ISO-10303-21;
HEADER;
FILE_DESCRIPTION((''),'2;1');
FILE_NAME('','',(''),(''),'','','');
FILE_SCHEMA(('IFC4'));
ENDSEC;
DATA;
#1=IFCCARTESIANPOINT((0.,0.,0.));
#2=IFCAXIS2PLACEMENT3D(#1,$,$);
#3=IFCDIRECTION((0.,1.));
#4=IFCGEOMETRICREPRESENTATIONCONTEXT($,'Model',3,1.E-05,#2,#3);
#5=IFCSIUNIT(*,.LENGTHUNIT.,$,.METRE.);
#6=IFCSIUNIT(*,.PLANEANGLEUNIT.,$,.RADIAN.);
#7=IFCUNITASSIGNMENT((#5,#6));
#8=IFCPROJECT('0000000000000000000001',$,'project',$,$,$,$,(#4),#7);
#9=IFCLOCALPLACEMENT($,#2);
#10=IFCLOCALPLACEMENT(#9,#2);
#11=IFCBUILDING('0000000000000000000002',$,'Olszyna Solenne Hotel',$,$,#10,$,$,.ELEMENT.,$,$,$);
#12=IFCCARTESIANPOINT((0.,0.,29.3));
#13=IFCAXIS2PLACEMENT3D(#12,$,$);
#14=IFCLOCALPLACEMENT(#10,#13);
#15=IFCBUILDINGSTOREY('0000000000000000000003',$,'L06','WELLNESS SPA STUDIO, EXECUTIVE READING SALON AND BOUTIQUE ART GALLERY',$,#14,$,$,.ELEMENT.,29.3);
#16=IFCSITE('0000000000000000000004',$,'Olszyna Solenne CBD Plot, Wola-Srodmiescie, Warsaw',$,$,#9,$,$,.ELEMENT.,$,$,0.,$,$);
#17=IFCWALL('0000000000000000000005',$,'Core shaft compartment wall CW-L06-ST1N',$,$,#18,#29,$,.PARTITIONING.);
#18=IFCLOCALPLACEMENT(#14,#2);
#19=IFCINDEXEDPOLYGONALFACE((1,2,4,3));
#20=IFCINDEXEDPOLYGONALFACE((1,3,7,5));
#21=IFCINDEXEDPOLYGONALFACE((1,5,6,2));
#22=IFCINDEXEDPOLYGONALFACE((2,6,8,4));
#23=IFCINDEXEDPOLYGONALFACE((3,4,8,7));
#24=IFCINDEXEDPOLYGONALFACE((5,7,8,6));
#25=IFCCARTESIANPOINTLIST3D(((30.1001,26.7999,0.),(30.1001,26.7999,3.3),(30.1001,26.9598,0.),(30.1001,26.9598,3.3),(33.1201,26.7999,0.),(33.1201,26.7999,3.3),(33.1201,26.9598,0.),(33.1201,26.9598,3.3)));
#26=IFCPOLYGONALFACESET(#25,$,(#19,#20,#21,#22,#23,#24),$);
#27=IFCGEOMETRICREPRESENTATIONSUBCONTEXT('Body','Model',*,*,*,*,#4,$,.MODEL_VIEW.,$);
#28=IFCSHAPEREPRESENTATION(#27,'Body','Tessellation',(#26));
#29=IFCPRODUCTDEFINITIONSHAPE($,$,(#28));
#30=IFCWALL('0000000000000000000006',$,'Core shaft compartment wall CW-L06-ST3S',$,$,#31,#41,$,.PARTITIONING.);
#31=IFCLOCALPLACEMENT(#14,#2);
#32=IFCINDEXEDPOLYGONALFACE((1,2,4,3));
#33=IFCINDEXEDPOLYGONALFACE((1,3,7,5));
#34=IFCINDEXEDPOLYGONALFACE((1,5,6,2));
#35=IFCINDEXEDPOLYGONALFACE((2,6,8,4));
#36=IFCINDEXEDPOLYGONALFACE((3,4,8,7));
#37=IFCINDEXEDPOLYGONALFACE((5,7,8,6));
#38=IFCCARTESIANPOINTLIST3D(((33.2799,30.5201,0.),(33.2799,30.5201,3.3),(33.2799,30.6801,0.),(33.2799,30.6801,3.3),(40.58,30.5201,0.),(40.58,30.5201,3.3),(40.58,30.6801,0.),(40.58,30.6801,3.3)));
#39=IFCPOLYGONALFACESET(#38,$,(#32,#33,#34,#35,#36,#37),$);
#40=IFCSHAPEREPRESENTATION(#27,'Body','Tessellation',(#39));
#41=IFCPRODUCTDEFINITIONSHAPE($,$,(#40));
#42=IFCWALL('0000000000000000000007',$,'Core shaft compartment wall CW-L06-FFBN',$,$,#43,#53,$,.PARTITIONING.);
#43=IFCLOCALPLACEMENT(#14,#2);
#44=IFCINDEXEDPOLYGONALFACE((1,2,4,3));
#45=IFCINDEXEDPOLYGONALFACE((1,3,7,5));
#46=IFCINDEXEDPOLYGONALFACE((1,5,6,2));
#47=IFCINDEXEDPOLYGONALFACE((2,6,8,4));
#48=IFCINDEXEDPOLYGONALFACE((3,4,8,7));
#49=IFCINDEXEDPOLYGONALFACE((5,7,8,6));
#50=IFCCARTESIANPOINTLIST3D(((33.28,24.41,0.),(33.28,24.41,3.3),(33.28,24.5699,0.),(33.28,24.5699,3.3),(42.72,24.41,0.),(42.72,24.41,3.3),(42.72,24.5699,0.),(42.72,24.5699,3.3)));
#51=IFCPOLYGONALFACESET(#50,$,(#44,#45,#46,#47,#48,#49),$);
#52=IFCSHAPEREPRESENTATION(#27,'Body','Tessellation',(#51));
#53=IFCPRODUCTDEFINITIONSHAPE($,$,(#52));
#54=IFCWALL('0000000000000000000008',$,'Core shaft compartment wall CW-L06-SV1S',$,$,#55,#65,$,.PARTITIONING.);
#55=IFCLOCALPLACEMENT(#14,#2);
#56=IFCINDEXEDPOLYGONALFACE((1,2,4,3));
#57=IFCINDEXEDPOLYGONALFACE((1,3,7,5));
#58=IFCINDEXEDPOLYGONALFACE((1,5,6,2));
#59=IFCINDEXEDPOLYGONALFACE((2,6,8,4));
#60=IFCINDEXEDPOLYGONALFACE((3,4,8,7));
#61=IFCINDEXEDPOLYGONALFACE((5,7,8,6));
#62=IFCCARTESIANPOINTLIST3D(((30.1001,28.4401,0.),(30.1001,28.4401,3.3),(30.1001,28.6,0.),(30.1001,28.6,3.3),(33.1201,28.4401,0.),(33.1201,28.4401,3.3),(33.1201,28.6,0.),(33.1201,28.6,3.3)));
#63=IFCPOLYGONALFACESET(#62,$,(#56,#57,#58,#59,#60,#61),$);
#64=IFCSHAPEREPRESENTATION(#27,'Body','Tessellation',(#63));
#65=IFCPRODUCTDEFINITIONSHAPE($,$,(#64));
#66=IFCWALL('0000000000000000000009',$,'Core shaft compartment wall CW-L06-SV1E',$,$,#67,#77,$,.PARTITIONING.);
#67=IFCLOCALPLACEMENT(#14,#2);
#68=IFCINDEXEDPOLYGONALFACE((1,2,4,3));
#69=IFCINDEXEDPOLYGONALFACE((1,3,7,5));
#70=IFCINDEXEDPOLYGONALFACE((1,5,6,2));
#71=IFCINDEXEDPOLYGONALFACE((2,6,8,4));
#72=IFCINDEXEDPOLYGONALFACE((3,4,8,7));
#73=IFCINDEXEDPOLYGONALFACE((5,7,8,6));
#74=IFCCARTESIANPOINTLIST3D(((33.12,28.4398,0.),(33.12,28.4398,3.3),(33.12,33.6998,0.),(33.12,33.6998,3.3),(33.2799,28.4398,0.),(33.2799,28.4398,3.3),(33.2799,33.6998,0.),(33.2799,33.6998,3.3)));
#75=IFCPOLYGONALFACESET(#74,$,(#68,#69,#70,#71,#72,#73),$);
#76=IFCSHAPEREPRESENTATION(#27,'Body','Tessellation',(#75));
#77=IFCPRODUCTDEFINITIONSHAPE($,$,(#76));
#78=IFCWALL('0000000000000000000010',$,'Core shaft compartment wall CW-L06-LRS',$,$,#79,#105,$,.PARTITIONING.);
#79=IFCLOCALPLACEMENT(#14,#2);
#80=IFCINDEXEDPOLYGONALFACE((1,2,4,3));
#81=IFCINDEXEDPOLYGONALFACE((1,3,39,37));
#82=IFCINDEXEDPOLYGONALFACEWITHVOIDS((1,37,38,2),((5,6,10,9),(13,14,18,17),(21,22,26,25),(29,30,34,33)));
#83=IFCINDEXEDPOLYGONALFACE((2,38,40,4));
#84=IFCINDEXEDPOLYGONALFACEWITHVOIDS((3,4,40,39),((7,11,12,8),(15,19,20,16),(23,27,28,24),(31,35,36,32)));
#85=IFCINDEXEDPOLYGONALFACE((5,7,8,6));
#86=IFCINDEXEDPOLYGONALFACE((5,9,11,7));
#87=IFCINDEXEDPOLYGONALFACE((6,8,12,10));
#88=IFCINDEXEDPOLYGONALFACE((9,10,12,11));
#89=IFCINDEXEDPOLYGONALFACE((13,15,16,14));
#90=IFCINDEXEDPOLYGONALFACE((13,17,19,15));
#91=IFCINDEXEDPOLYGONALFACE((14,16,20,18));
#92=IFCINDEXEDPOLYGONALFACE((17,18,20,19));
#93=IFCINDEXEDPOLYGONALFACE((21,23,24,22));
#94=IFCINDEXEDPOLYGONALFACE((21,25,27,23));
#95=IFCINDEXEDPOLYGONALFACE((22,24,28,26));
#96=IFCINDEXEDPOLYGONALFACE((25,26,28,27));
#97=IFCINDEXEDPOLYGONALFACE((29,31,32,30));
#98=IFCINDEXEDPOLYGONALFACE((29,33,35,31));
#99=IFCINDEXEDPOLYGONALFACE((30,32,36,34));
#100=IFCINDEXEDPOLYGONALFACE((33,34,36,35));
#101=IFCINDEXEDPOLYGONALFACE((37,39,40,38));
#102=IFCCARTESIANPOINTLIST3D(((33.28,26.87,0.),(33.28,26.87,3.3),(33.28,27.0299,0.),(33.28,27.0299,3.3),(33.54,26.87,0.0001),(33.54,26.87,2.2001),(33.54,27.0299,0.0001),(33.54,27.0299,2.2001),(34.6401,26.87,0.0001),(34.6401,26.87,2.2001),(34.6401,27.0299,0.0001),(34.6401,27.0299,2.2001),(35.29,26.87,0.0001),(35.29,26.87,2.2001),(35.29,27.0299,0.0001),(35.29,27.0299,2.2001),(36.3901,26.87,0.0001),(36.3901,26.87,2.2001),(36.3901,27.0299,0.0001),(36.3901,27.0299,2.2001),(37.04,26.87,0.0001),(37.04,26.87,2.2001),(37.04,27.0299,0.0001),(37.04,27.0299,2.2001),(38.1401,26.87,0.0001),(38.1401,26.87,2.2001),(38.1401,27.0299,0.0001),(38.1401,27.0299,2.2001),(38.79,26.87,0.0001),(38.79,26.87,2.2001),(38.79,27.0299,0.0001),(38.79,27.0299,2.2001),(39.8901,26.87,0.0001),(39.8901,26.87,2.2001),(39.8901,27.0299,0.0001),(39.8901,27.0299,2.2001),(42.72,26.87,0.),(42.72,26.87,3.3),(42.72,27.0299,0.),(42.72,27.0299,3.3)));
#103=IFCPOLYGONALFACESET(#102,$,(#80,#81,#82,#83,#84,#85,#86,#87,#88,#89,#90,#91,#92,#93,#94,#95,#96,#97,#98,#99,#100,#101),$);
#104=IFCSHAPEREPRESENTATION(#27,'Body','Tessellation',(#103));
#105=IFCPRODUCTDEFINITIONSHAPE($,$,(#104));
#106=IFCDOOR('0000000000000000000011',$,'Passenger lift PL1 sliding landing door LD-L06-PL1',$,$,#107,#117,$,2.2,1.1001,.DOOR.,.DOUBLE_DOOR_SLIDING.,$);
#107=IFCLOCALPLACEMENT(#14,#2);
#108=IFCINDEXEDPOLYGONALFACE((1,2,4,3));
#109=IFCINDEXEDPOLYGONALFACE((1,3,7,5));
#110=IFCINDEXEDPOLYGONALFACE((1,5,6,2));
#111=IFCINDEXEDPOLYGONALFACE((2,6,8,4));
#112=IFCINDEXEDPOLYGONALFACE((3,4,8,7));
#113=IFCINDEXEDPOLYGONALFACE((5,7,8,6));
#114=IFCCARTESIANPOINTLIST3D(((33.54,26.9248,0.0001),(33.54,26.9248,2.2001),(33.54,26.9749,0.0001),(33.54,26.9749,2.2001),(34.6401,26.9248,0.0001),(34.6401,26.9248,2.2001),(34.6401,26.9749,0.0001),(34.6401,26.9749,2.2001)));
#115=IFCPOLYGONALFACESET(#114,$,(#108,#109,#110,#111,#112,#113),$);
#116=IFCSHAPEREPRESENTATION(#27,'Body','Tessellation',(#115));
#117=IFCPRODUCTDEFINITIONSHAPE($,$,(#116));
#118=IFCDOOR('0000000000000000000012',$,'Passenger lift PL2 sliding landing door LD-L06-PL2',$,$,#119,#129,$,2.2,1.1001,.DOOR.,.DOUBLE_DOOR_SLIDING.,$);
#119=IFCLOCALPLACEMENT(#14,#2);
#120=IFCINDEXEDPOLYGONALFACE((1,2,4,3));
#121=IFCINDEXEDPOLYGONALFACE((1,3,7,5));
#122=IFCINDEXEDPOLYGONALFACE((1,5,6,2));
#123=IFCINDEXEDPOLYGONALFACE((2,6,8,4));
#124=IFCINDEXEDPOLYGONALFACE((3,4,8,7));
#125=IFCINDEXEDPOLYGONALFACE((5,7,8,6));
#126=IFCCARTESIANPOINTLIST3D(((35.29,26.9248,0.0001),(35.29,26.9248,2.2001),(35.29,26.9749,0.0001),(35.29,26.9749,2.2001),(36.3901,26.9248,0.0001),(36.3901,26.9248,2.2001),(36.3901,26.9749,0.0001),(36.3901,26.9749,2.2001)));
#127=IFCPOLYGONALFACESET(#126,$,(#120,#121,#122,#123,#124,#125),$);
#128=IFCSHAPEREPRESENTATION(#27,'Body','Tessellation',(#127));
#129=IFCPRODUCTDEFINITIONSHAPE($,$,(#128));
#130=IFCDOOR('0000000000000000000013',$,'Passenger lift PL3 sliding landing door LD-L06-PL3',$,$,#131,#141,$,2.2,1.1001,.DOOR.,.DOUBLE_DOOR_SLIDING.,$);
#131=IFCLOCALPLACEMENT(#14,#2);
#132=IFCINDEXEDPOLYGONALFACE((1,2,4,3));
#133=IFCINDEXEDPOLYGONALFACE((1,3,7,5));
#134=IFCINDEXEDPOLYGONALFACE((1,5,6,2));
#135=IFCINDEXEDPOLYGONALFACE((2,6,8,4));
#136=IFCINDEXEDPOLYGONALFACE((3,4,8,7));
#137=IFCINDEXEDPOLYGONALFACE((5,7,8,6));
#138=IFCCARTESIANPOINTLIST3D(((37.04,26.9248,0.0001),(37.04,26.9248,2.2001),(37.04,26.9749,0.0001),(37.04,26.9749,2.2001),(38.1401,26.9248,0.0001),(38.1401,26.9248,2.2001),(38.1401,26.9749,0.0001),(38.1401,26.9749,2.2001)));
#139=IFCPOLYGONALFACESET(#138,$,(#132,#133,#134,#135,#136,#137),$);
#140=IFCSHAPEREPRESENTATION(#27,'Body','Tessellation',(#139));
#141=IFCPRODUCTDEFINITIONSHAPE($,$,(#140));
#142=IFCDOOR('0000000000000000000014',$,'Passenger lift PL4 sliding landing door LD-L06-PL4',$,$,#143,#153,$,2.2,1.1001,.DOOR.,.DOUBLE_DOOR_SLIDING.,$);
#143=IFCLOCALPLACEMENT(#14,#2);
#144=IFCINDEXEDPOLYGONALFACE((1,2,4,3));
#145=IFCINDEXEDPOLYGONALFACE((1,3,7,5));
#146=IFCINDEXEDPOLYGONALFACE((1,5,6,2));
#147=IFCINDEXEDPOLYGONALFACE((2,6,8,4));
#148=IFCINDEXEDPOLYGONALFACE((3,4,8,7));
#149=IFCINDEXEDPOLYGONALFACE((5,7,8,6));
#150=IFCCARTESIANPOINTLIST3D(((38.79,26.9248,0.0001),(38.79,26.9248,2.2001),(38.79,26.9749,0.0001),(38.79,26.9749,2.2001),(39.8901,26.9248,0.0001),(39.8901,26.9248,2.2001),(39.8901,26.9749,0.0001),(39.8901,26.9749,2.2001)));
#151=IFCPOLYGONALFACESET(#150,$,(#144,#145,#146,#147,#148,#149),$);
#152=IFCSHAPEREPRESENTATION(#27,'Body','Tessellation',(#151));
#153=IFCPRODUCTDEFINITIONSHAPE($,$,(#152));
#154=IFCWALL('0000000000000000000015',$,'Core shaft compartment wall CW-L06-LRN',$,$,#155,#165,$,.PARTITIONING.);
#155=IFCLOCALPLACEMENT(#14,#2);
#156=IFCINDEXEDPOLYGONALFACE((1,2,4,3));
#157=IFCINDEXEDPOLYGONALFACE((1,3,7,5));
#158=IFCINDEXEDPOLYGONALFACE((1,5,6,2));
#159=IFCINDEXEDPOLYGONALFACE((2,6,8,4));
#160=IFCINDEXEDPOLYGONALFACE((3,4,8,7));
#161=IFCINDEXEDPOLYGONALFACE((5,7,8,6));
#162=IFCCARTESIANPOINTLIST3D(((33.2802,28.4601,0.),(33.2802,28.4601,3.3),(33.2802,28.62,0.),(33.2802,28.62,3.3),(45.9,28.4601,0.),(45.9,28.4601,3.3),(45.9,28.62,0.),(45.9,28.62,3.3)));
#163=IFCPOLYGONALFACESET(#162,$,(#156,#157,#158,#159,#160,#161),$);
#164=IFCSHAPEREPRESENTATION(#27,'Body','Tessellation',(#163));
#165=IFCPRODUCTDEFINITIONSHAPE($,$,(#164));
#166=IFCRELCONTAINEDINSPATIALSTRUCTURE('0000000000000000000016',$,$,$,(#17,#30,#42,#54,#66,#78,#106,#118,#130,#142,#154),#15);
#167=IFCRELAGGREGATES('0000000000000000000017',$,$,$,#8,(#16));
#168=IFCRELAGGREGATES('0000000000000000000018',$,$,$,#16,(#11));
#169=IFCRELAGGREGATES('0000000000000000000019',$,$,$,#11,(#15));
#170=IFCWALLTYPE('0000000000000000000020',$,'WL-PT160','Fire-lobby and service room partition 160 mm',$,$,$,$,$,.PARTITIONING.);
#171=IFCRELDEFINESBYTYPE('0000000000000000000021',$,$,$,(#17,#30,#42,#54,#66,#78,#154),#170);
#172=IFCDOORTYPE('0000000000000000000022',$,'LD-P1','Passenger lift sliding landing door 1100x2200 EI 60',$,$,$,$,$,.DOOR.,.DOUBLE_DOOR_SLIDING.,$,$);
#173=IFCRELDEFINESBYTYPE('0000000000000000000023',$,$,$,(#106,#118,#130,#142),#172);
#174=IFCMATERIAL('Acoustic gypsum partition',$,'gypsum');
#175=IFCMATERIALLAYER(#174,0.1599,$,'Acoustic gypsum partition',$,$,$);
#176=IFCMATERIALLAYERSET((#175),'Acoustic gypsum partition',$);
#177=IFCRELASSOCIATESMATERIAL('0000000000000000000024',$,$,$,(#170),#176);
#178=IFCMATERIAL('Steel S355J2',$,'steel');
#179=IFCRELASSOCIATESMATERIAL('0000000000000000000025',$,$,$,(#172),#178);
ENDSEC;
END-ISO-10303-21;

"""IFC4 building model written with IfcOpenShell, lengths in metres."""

from ifc_helpers import new_model, si_unit, direction, frame, frame_2d, origin, place, context, subcontext, project, spatial, rectangle, extrude, source, transform, mapped, material, layer, layer_set, type_object, type_shapes, element, fill, save


model = new_model("IFC4")

# Units and contexts
model_context = context("Model", 3, precision=1e-05, world=origin(), true_north=direction((0.0, 1.0)))
body_context = subcontext(model_context, "Body", "Model", "MODEL_VIEW")
ifc_project = project(units=[si_unit("LENGTHUNIT", "METRE"), si_unit("PLANEANGLEUNIT", "RADIAN")], contexts=[model_context])

# Site, building, storey
site_placement = place(None, origin())
site = spatial("IfcSite", under=ifc_project, at=site_placement, Name="Olszyna Solenne CBD Plot, Wola-Srodmiescie, Warsaw", CompositionType="ELEMENT", RefElevation=0.0)
building_placement = place(site_placement, origin())
building = spatial("IfcBuilding", under=site, at=building_placement, Name="Olszyna Solenne Hotel", CompositionType="ELEMENT")
storey_placement = place(building_placement, frame((0.0, 0.0, 29.3)))
storey = spatial("IfcBuildingStorey", under=building, at=storey_placement, Name="L06", Description="WELLNESS SPA STUDIO, EXECUTIVE READING SALON AND BOUTIQUE ART GALLERY", CompositionType="ELEMENT", Elevation=29.3)

# Shared definitions
ifc_material_1 = material(Name="Steel S355J2", Category="steel")

# Walls
ifc_material_2 = material(Name="Acoustic gypsum partition", Category="gypsum")
ifc_layer_1 = layer(ifc_material_2, 0.1599, Name="Acoustic gypsum partition")
ifc_layer_set_1 = layer_set([ifc_layer_1], Name="Acoustic gypsum partition")
wall_type_1 = type_object("IfcWallType", Name="WL-PT160", Description="Fire-lobby and service room partition 160 mm", PredefinedType="PARTITIONING", material=ifc_layer_set_1)
wall_1_placement = place(storey_placement, frame((30.1001, 26.8799, 0.0), z_axis=(0.0, 0.0, 1.0), x_axis=(1.0, 0.0, 0.0)))
element("IfcWall", 1, at=wall_1_placement, inside=storey, type_object=wall_type_1, Name="Core shaft compartment wall CW-L06-ST1N", PredefinedType="PARTITIONING", context=body_context, shape_type="SweptSolid", body=[
    extrude(rectangle(XDim=3.02, YDim=0.1599, at=frame_2d((1.51, 0.0))), origin(), (0.0, 0.0, 1.0), 3.3),
])
wall_2_placement = place(storey_placement, frame((33.28, 30.6001, 0.0), z_axis=(0.0, 0.0, 1.0), x_axis=(1.0, 0.0, 0.0)))
element("IfcWall", 2, at=wall_2_placement, inside=storey, type_object=wall_type_1, Name="Core shaft compartment wall CW-L06-ST3S", PredefinedType="PARTITIONING", context=body_context, shape_type="SweptSolid", body=[
    extrude(rectangle(XDim=7.3, YDim=0.1599, at=frame_2d((3.6499, 0.0))), origin(), (0.0, 0.0, 1.0), 3.3),
])
wall_3_placement = place(storey_placement, frame((33.28, 24.49, 0.0), z_axis=(0.0, 0.0, 1.0), x_axis=(1.0, 0.0, 0.0)))
element("IfcWall", 3, at=wall_3_placement, inside=storey, type_object=wall_type_1, Name="Core shaft compartment wall CW-L06-FFBN", PredefinedType="PARTITIONING", context=body_context, shape_type="SweptSolid", body=[
    extrude(rectangle(XDim=9.4399, YDim=0.1599, at=frame_2d((4.72, 0.0))), origin(), (0.0, 0.0, 1.0), 3.3),
])
wall_4_placement = place(storey_placement, frame((30.1001, 28.52, 0.0), z_axis=(0.0, 0.0, 1.0), x_axis=(1.0, 0.0, 0.0)))
element("IfcWall", 4, at=wall_4_placement, inside=storey, type_object=wall_type_1, Name="Core shaft compartment wall CW-L06-SV1S", PredefinedType="PARTITIONING", context=body_context, shape_type="SweptSolid", body=[
    extrude(rectangle(XDim=3.02, YDim=0.1599, at=frame_2d((1.51, 0.0))), origin(), (0.0, 0.0, 1.0), 3.3),
])
wall_5_placement = place(storey_placement, frame((33.2, 28.4399, 0.0), z_axis=(0.0, 0.0, 1.0), x_axis=(0.0, 1.0, 0.0)))
element("IfcWall", 5, at=wall_5_placement, inside=storey, type_object=wall_type_1, Name="Core shaft compartment wall CW-L06-SV1E", PredefinedType="PARTITIONING", context=body_context, shape_type="SweptSolid", body=[
    extrude(rectangle(XDim=5.26, YDim=0.1599, at=frame_2d((2.6299, 0.0))), origin(), (0.0, 0.0, 1.0), 3.3),
])

# Wall, openings, doors
wall_6_placement = place(storey_placement, frame((33.28, 26.95, 0.0), z_axis=(0.0, 0.0, 1.0), x_axis=(1.0, 0.0, 0.0)))
wall_6 = element("IfcWall", 6, at=wall_6_placement, inside=storey, type_object=wall_type_1, Name="Core shaft compartment wall CW-L06-LRS", PredefinedType="PARTITIONING", context=body_context, shape_type="SweptSolid", body=[
    extrude(rectangle(XDim=9.4399, YDim=0.1599, at=frame_2d((4.72, 0.0))), origin(), (0.0, 0.0, 1.0), 3.3),
])
opening_1_placement = place(wall_6_placement, frame((0.26, 0.0, 0.0)))
opening_1 = element("IfcOpeningElement", 7, at=opening_1_placement, cuts=wall_6, PredefinedType="OPENING", context=body_context, shape_type="SweptSolid", body=[
    extrude(rectangle(XDim=1.1001, YDim=2.2, at=frame_2d((0.55, 1.1001))), frame((0.0, 0.0898, 0.0), z_axis=(0.0, -1.0, 0.0), x_axis=(1.0, 0.0, 0.0)), (0.0, 0.0, 1.0), 0.1799),
])
opening_2_placement = place(wall_6_placement, frame((2.01, 0.0, 0.0)))
opening_2 = element("IfcOpeningElement", 8, at=opening_2_placement, cuts=wall_6, PredefinedType="OPENING", context=body_context, shape_type="SweptSolid", body=[
    extrude(rectangle(XDim=1.1001, YDim=2.2, at=frame_2d((0.55, 1.1001))), frame((0.0, 0.0898, 0.0), z_axis=(0.0, -1.0, 0.0), x_axis=(1.0, 0.0, 0.0)), (0.0, 0.0, 1.0), 0.1799),
])
opening_3_placement = place(wall_6_placement, frame((3.76, 0.0, 0.0)))
opening_3 = element("IfcOpeningElement", 9, at=opening_3_placement, cuts=wall_6, PredefinedType="OPENING", context=body_context, shape_type="SweptSolid", body=[
    extrude(rectangle(XDim=1.1001, YDim=2.2, at=frame_2d((0.55, 1.1001))), frame((0.0, 0.0898, 0.0), z_axis=(0.0, -1.0, 0.0), x_axis=(1.0, 0.0, 0.0)), (0.0, 0.0, 1.0), 0.1799),
])
opening_4_placement = place(wall_6_placement, frame((5.51, 0.0, 0.0)))
opening_4 = element("IfcOpeningElement", 10, at=opening_4_placement, cuts=wall_6, PredefinedType="OPENING", context=body_context, shape_type="SweptSolid", body=[
    extrude(rectangle(XDim=1.1001, YDim=2.2, at=frame_2d((0.55, 1.1001))), frame((0.0, 0.0898, 0.0), z_axis=(0.0, -1.0, 0.0), x_axis=(1.0, 0.0, 0.0)), (0.0, 0.0, 1.0), 0.1799),
])
door_type_1 = type_object("IfcDoorType", Name="LD-P1", Description="Passenger lift sliding landing door 1100x2200 EI 60", OperationType="DOUBLE_DOOR_SLIDING", PredefinedType="DOOR", material=ifc_material_1)
shared_shape_1 = source(origin(), body_context, "Body", "SweptSolid", [
    extrude(rectangle(XDim=1.1001, YDim=2.2, at=frame_2d((0.55, 1.1001))), frame((0.0, 0.0249, 0.0), z_axis=(0.0, -1.0, 0.0), x_axis=(1.0, 0.0, 0.0)), (0.0, 0.0, 1.0), 0.05),
])
type_shapes(door_type_1, [shared_shape_1])
door_1_placement = place(opening_1_placement, origin())
door_1 = element("IfcDoor", 11, at=door_1_placement, inside=storey, type_object=door_type_1, Name="Passenger lift PL1 sliding landing door LD-L06-PL1", OperationType="DOUBLE_DOOR_SLIDING", OverallHeight=2.2, OverallWidth=1.1001, PredefinedType="DOOR", context=body_context, shape_type="MappedRepresentation", body=[
    mapped(shared_shape_1, transform((0.0, 0.0, 0.0), x_axis=(1.0, 0.0, 0.0), y_axis=(0.0, 1.0, 0.0), z_axis=(0.0, 0.0, 1.0), scale=1.0)),
])
fill(opening_1, door_1)
door_2_placement = place(opening_2_placement, origin())
door_2 = element("IfcDoor", 12, at=door_2_placement, inside=storey, type_object=door_type_1, Name="Passenger lift PL2 sliding landing door LD-L06-PL2", OperationType="DOUBLE_DOOR_SLIDING", OverallHeight=2.2, OverallWidth=1.1001, PredefinedType="DOOR", context=body_context, shape_type="MappedRepresentation", body=[
    mapped(shared_shape_1, transform((0.0, 0.0, 0.0), x_axis=(1.0, 0.0, 0.0), y_axis=(0.0, 1.0, 0.0), z_axis=(0.0, 0.0, 1.0), scale=1.0)),
])
fill(opening_2, door_2)
door_3_placement = place(opening_3_placement, origin())
door_3 = element("IfcDoor", 13, at=door_3_placement, inside=storey, type_object=door_type_1, Name="Passenger lift PL3 sliding landing door LD-L06-PL3", OperationType="DOUBLE_DOOR_SLIDING", OverallHeight=2.2, OverallWidth=1.1001, PredefinedType="DOOR", context=body_context, shape_type="MappedRepresentation", body=[
    mapped(shared_shape_1, transform((0.0, 0.0, 0.0), x_axis=(1.0, 0.0, 0.0), y_axis=(0.0, 1.0, 0.0), z_axis=(0.0, 0.0, 1.0), scale=1.0)),
])
fill(opening_3, door_3)
door_4_placement = place(opening_4_placement, origin())
door_4 = element("IfcDoor", 14, at=door_4_placement, inside=storey, type_object=door_type_1, Name="Passenger lift PL4 sliding landing door LD-L06-PL4", OperationType="DOUBLE_DOOR_SLIDING", OverallHeight=2.2, OverallWidth=1.1001, PredefinedType="DOOR", context=body_context, shape_type="MappedRepresentation", body=[
    mapped(shared_shape_1, transform((0.0, 0.0, 0.0), x_axis=(1.0, 0.0, 0.0), y_axis=(0.0, 1.0, 0.0), z_axis=(0.0, 0.0, 1.0), scale=1.0)),
])
fill(opening_4, door_4)

# Wall
wall_7_placement = place(storey_placement, frame((33.28, 28.54, 0.0), z_axis=(0.0, 0.0, 1.0), x_axis=(1.0, 0.0, 0.0)))
element("IfcWall", 15, at=wall_7_placement, inside=storey, type_object=wall_type_1, Name="Core shaft compartment wall CW-L06-LRN", PredefinedType="PARTITIONING", context=body_context, shape_type="SweptSolid", body=[
    extrude(rectangle(XDim=12.6199, YDim=0.1599, at=frame_2d((6.3101, 0.0))), origin(), (0.0, 0.0, 1.0), 3.3),
])

save(model, "model.ifc")
